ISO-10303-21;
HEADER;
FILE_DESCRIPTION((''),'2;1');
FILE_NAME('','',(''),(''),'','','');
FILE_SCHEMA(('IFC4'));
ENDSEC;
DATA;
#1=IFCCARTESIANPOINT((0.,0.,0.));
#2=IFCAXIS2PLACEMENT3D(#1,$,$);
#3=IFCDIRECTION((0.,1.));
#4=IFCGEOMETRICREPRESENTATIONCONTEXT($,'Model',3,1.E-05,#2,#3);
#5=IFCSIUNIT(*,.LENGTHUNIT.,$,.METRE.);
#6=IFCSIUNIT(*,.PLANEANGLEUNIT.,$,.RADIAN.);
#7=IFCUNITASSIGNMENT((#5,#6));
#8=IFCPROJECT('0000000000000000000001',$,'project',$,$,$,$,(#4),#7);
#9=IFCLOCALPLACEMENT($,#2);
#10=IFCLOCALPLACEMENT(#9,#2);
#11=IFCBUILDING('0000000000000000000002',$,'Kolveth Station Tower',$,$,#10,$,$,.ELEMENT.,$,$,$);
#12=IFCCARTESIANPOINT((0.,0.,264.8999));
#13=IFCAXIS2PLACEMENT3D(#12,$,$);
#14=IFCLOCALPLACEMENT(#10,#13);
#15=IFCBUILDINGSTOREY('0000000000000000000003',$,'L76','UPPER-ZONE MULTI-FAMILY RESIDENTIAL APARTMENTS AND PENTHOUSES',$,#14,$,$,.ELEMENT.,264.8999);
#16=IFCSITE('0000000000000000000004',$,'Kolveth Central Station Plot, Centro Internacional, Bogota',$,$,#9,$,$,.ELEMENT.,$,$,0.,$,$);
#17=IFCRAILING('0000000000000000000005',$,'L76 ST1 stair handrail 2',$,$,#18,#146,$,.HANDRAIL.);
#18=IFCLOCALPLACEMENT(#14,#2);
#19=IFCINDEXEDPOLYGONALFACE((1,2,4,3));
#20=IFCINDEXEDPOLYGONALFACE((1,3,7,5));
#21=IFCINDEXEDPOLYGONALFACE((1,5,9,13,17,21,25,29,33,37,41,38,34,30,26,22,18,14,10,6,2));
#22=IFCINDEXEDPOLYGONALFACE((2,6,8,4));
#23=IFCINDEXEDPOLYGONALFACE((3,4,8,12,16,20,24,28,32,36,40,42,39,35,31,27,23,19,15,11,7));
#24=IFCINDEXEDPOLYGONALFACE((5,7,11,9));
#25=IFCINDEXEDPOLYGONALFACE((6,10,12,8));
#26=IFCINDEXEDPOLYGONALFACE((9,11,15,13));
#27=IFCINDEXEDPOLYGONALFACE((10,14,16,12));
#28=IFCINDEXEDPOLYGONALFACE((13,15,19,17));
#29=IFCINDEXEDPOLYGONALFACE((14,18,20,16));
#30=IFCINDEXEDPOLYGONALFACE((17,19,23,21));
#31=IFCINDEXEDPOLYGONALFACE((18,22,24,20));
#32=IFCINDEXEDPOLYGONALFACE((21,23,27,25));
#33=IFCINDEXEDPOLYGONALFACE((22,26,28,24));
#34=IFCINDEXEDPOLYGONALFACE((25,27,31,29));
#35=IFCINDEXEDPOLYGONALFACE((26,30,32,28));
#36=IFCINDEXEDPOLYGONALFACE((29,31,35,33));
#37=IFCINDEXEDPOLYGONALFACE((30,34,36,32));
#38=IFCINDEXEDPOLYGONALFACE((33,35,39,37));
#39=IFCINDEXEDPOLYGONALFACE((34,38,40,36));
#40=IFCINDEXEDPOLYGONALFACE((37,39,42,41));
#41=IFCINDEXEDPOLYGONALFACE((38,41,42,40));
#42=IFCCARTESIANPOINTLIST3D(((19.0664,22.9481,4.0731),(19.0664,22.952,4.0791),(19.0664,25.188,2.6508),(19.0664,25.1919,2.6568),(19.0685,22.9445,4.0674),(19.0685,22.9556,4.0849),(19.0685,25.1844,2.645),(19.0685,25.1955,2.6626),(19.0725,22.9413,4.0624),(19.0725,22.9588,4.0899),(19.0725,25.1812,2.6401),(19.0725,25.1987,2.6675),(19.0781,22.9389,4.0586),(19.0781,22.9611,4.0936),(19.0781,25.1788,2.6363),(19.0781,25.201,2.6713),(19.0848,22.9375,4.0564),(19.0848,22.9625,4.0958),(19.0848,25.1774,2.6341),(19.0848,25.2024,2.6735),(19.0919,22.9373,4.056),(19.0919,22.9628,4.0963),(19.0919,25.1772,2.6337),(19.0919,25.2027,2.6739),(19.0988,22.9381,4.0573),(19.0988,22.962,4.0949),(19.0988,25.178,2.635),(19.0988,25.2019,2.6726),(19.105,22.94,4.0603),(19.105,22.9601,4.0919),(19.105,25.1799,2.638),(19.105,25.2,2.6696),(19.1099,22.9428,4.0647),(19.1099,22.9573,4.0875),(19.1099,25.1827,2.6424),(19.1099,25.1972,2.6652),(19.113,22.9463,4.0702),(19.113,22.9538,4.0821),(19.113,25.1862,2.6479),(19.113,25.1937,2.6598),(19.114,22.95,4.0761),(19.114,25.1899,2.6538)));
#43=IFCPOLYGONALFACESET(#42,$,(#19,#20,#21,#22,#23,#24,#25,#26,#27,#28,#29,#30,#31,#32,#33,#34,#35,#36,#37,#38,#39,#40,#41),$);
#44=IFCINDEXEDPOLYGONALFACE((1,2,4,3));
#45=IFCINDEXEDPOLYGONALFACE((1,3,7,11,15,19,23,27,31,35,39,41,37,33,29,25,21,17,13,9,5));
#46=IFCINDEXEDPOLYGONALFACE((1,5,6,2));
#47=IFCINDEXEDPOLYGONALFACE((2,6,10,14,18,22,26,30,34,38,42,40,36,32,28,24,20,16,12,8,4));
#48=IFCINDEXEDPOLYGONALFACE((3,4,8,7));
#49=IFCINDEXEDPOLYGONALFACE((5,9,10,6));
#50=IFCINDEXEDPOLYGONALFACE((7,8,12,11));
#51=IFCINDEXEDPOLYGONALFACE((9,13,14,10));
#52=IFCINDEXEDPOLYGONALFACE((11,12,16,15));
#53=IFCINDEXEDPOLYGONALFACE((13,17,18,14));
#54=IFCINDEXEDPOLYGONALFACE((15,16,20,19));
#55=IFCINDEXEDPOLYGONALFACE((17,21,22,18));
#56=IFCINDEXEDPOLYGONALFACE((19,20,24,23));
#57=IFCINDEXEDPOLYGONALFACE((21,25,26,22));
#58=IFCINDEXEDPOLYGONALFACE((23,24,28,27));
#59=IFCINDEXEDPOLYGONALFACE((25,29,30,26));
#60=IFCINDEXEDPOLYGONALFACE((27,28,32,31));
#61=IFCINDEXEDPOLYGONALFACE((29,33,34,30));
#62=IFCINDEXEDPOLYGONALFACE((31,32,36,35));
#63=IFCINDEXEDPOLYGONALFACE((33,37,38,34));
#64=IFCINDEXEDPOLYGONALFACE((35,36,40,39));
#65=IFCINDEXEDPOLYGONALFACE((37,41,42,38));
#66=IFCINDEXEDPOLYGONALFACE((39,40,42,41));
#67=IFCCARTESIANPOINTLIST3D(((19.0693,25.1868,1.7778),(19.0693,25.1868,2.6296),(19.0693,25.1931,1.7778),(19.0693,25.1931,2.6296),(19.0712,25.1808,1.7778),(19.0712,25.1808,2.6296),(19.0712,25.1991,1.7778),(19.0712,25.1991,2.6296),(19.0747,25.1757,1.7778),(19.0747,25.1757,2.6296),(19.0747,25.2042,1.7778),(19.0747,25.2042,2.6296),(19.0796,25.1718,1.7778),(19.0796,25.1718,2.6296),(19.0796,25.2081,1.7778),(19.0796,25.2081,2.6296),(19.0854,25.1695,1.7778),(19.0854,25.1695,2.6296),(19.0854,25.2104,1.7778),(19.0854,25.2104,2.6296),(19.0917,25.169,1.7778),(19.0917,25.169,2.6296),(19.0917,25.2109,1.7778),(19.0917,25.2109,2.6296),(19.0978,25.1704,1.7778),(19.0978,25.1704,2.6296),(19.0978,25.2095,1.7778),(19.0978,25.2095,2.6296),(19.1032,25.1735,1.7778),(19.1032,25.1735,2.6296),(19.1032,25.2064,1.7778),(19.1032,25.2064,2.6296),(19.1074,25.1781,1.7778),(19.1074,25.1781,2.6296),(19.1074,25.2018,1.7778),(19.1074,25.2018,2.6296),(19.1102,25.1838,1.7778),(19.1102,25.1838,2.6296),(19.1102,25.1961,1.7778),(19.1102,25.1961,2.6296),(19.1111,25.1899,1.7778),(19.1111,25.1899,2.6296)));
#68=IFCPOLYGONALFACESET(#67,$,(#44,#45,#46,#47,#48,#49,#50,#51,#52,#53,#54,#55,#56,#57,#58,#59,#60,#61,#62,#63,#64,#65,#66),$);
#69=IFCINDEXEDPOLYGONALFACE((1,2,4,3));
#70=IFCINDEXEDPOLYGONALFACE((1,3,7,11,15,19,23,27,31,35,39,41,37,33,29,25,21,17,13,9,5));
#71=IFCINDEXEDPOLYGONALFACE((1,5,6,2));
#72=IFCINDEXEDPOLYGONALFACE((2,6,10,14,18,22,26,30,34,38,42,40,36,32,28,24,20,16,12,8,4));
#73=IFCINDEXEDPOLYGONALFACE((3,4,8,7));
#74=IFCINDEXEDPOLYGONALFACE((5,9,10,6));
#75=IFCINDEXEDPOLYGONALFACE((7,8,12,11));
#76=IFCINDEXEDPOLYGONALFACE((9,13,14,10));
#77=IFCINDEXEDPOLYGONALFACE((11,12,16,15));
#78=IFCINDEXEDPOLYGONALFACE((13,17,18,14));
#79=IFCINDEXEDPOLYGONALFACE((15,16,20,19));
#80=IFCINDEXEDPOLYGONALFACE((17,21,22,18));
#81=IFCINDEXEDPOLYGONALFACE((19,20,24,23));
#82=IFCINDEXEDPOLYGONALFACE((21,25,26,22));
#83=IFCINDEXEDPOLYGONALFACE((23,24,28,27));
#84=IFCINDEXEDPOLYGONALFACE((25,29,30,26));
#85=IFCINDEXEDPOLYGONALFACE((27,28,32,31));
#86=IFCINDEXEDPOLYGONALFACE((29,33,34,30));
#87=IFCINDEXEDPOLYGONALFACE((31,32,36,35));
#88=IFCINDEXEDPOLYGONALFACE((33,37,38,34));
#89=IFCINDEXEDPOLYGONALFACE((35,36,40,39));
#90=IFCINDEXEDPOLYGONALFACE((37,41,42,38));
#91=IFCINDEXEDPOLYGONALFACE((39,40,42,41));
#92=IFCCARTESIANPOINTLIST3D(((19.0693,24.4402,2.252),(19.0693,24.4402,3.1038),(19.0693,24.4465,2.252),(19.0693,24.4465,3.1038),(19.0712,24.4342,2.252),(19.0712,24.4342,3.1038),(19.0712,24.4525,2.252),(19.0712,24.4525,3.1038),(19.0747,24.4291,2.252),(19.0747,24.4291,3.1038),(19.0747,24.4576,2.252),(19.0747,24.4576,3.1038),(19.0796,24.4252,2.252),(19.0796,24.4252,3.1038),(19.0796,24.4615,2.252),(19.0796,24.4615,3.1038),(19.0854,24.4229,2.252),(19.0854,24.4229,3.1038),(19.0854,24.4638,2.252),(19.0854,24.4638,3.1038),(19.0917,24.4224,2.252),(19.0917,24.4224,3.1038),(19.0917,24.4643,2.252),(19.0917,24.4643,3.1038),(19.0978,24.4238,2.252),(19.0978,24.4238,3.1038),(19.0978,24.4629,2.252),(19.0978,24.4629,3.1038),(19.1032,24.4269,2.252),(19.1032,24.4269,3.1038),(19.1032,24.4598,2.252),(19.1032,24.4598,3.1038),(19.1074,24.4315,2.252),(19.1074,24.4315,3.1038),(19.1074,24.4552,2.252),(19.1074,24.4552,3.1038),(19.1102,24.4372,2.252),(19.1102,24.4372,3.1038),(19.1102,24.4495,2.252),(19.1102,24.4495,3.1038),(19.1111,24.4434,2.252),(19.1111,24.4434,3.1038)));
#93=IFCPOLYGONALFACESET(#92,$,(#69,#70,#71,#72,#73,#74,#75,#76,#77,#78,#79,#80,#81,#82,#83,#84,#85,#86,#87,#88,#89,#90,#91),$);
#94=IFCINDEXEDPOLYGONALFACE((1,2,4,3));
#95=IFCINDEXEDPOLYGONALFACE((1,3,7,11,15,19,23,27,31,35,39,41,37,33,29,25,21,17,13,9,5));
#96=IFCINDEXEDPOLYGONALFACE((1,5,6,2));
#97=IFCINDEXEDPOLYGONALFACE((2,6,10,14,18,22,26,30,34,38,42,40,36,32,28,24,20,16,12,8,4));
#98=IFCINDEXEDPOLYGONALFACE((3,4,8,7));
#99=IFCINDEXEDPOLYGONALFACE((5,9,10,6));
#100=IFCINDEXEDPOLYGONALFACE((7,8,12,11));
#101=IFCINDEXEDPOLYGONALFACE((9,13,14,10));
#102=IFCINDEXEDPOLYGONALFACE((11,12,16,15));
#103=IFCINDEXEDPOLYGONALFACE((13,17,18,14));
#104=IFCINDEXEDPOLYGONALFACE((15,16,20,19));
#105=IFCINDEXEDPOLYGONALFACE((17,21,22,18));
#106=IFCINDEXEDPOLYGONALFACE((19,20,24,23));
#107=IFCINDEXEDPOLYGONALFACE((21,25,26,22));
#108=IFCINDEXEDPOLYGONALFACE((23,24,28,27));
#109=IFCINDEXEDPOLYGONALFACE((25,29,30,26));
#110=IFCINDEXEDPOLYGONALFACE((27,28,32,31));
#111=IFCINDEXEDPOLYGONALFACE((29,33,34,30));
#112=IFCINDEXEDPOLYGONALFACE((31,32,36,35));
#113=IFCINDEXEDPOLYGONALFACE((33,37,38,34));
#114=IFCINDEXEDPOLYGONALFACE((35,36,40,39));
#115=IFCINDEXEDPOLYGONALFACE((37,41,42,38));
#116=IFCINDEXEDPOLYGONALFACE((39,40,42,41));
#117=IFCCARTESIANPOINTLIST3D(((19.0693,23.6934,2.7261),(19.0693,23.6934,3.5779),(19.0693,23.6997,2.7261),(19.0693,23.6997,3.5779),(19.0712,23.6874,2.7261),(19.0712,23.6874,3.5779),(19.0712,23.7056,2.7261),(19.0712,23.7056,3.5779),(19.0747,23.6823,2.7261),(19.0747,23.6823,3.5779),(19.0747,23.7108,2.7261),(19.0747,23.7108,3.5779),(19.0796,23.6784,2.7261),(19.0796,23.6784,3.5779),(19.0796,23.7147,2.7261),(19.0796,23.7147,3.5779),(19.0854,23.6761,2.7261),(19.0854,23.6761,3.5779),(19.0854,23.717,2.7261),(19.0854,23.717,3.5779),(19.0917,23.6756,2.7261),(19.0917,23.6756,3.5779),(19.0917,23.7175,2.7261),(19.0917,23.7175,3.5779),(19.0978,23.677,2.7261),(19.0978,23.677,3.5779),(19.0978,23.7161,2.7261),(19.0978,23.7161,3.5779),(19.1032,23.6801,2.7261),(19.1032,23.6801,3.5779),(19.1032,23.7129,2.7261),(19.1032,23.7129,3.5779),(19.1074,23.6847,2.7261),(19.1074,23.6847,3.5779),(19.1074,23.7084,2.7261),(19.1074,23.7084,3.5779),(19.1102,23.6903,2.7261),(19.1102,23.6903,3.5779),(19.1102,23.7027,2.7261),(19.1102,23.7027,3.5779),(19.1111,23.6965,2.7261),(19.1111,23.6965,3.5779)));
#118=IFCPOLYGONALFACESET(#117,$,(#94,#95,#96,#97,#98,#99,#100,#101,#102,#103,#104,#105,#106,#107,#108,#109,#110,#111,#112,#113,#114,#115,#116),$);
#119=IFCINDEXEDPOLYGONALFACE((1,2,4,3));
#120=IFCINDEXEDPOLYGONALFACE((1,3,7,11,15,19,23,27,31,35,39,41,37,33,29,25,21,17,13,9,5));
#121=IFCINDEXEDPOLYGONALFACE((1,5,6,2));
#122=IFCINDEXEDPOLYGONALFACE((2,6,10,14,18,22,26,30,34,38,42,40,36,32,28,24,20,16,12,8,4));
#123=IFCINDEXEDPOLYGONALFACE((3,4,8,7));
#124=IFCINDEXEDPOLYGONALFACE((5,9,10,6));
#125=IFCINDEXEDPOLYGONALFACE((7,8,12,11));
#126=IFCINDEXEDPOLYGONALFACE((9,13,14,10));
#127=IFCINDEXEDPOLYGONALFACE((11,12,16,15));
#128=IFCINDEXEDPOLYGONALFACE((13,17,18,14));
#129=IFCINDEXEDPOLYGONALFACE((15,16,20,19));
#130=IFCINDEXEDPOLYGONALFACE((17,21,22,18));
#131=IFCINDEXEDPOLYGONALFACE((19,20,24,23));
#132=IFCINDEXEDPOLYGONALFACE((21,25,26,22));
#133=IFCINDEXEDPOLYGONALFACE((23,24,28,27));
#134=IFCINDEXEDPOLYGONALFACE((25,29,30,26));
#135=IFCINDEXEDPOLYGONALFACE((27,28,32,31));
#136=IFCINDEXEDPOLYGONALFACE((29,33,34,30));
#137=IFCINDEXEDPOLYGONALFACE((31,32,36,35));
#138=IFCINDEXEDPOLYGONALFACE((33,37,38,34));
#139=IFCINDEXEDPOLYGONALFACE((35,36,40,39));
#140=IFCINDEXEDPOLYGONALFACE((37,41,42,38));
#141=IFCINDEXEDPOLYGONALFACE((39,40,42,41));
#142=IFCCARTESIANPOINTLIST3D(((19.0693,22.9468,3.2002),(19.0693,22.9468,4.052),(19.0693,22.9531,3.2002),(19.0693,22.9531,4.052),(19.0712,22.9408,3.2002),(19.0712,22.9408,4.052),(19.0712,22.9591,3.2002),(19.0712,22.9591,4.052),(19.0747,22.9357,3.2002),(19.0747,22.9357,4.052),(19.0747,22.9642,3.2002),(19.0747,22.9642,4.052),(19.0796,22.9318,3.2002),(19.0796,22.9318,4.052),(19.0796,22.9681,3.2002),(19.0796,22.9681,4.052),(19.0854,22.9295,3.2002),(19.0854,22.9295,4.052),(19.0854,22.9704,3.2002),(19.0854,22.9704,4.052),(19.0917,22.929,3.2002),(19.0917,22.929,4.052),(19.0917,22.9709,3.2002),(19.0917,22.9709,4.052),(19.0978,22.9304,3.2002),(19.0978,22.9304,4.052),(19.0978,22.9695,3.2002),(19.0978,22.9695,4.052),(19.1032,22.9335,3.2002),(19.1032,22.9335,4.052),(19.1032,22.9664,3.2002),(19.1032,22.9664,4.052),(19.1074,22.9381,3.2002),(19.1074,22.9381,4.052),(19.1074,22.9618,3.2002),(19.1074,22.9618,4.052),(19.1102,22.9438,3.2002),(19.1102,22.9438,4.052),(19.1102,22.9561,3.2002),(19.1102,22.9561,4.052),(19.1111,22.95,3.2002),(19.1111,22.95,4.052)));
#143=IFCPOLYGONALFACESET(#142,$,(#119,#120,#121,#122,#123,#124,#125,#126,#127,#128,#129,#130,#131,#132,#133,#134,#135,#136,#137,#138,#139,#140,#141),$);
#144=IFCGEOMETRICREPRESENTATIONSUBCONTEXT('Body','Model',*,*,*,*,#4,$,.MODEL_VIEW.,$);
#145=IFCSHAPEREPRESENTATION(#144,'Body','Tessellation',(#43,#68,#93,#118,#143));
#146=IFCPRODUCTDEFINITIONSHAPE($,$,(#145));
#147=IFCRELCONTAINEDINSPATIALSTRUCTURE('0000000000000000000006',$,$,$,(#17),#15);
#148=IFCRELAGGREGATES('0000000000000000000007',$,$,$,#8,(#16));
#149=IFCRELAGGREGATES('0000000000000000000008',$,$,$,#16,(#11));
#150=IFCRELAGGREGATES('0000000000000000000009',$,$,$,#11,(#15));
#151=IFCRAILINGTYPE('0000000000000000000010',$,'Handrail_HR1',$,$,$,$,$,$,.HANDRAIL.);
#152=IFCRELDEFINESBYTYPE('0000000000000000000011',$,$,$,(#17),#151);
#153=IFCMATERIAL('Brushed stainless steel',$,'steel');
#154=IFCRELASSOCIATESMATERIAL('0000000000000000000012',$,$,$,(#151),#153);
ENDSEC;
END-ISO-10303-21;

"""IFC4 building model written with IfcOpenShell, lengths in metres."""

from ifc_helpers import new_model, si_unit, direction, frame, origin, origin_2d, place, context, subcontext, project, spatial, circle, extrude, material, type_object, element, save


model = new_model("IFC4")

# Units and contexts
model_context = context("Model", 3, precision=1e-05, world=origin(), true_north=direction((0.0, 1.0)))
body_context = subcontext(model_context, "Body", "Model", "MODEL_VIEW")
ifc_project = project(units=[si_unit("LENGTHUNIT", "METRE"), si_unit("PLANEANGLEUNIT", "RADIAN")], contexts=[model_context])

# Site, building, storey
site_placement = place(None, origin())
site = spatial("IfcSite", under=ifc_project, at=site_placement, Name="Kolveth Central Station Plot, Centro Internacional, Bogota", CompositionType="ELEMENT", RefElevation=0.0)
building_placement = place(site_placement, origin())
building = spatial("IfcBuilding", under=site, at=building_placement, Name="Kolveth Station Tower", CompositionType="ELEMENT")
storey_placement = place(building_placement, frame((0.0, 0.0, 264.8999)))
storey = spatial("IfcBuildingStorey", under=building, at=storey_placement, Name="L76", Description="UPPER-ZONE MULTI-FAMILY RESIDENTIAL APARTMENTS AND PENTHOUSES", CompositionType="ELEMENT", Elevation=264.8999)

# Railing
ifc_material_1 = material(Name="Brushed stainless steel", Category="steel")
railing_type_1 = type_object("IfcRailingType", Name="Handrail_HR1", PredefinedType="HANDRAIL", material=ifc_material_1)
railing_1_placement = place(storey_placement, frame((19.0901, 25.1899, 1.7778)))
element("IfcRailing", 1, at=railing_1_placement, inside=storey, type_object=railing_type_1, Name="L76 ST1 stair handrail 2", PredefinedType="HANDRAIL", context=body_context, shape_type="SweptSolid", body=[
    extrude(circle(Radius=0.0239, at=origin_2d()), frame((0.0, 0.0, 0.876), z_axis=(0.0, -0.844188, 0.536048), x_axis=(1.0, 0.0, 0.0)), (0.0, 0.0, 1.0), 2.6533),
    extrude(circle(Radius=0.021, at=origin_2d()), origin(), (0.0, 0.0, 1.0), 0.8518),
    extrude(circle(Radius=0.021, at=origin_2d()), frame((0.0, -0.7466, 0.4741)), (0.0, 0.0, 1.0), 0.8518),
    extrude(circle(Radius=0.021, at=origin_2d()), frame((0.0, -1.4934, 0.9482)), (0.0, 0.0, 1.0), 0.8518),
    extrude(circle(Radius=0.021, at=origin_2d()), frame((0.0, -2.24, 1.4224)), (0.0, 0.0, 1.0), 0.8518),
])

save(model, "model.ifc")
